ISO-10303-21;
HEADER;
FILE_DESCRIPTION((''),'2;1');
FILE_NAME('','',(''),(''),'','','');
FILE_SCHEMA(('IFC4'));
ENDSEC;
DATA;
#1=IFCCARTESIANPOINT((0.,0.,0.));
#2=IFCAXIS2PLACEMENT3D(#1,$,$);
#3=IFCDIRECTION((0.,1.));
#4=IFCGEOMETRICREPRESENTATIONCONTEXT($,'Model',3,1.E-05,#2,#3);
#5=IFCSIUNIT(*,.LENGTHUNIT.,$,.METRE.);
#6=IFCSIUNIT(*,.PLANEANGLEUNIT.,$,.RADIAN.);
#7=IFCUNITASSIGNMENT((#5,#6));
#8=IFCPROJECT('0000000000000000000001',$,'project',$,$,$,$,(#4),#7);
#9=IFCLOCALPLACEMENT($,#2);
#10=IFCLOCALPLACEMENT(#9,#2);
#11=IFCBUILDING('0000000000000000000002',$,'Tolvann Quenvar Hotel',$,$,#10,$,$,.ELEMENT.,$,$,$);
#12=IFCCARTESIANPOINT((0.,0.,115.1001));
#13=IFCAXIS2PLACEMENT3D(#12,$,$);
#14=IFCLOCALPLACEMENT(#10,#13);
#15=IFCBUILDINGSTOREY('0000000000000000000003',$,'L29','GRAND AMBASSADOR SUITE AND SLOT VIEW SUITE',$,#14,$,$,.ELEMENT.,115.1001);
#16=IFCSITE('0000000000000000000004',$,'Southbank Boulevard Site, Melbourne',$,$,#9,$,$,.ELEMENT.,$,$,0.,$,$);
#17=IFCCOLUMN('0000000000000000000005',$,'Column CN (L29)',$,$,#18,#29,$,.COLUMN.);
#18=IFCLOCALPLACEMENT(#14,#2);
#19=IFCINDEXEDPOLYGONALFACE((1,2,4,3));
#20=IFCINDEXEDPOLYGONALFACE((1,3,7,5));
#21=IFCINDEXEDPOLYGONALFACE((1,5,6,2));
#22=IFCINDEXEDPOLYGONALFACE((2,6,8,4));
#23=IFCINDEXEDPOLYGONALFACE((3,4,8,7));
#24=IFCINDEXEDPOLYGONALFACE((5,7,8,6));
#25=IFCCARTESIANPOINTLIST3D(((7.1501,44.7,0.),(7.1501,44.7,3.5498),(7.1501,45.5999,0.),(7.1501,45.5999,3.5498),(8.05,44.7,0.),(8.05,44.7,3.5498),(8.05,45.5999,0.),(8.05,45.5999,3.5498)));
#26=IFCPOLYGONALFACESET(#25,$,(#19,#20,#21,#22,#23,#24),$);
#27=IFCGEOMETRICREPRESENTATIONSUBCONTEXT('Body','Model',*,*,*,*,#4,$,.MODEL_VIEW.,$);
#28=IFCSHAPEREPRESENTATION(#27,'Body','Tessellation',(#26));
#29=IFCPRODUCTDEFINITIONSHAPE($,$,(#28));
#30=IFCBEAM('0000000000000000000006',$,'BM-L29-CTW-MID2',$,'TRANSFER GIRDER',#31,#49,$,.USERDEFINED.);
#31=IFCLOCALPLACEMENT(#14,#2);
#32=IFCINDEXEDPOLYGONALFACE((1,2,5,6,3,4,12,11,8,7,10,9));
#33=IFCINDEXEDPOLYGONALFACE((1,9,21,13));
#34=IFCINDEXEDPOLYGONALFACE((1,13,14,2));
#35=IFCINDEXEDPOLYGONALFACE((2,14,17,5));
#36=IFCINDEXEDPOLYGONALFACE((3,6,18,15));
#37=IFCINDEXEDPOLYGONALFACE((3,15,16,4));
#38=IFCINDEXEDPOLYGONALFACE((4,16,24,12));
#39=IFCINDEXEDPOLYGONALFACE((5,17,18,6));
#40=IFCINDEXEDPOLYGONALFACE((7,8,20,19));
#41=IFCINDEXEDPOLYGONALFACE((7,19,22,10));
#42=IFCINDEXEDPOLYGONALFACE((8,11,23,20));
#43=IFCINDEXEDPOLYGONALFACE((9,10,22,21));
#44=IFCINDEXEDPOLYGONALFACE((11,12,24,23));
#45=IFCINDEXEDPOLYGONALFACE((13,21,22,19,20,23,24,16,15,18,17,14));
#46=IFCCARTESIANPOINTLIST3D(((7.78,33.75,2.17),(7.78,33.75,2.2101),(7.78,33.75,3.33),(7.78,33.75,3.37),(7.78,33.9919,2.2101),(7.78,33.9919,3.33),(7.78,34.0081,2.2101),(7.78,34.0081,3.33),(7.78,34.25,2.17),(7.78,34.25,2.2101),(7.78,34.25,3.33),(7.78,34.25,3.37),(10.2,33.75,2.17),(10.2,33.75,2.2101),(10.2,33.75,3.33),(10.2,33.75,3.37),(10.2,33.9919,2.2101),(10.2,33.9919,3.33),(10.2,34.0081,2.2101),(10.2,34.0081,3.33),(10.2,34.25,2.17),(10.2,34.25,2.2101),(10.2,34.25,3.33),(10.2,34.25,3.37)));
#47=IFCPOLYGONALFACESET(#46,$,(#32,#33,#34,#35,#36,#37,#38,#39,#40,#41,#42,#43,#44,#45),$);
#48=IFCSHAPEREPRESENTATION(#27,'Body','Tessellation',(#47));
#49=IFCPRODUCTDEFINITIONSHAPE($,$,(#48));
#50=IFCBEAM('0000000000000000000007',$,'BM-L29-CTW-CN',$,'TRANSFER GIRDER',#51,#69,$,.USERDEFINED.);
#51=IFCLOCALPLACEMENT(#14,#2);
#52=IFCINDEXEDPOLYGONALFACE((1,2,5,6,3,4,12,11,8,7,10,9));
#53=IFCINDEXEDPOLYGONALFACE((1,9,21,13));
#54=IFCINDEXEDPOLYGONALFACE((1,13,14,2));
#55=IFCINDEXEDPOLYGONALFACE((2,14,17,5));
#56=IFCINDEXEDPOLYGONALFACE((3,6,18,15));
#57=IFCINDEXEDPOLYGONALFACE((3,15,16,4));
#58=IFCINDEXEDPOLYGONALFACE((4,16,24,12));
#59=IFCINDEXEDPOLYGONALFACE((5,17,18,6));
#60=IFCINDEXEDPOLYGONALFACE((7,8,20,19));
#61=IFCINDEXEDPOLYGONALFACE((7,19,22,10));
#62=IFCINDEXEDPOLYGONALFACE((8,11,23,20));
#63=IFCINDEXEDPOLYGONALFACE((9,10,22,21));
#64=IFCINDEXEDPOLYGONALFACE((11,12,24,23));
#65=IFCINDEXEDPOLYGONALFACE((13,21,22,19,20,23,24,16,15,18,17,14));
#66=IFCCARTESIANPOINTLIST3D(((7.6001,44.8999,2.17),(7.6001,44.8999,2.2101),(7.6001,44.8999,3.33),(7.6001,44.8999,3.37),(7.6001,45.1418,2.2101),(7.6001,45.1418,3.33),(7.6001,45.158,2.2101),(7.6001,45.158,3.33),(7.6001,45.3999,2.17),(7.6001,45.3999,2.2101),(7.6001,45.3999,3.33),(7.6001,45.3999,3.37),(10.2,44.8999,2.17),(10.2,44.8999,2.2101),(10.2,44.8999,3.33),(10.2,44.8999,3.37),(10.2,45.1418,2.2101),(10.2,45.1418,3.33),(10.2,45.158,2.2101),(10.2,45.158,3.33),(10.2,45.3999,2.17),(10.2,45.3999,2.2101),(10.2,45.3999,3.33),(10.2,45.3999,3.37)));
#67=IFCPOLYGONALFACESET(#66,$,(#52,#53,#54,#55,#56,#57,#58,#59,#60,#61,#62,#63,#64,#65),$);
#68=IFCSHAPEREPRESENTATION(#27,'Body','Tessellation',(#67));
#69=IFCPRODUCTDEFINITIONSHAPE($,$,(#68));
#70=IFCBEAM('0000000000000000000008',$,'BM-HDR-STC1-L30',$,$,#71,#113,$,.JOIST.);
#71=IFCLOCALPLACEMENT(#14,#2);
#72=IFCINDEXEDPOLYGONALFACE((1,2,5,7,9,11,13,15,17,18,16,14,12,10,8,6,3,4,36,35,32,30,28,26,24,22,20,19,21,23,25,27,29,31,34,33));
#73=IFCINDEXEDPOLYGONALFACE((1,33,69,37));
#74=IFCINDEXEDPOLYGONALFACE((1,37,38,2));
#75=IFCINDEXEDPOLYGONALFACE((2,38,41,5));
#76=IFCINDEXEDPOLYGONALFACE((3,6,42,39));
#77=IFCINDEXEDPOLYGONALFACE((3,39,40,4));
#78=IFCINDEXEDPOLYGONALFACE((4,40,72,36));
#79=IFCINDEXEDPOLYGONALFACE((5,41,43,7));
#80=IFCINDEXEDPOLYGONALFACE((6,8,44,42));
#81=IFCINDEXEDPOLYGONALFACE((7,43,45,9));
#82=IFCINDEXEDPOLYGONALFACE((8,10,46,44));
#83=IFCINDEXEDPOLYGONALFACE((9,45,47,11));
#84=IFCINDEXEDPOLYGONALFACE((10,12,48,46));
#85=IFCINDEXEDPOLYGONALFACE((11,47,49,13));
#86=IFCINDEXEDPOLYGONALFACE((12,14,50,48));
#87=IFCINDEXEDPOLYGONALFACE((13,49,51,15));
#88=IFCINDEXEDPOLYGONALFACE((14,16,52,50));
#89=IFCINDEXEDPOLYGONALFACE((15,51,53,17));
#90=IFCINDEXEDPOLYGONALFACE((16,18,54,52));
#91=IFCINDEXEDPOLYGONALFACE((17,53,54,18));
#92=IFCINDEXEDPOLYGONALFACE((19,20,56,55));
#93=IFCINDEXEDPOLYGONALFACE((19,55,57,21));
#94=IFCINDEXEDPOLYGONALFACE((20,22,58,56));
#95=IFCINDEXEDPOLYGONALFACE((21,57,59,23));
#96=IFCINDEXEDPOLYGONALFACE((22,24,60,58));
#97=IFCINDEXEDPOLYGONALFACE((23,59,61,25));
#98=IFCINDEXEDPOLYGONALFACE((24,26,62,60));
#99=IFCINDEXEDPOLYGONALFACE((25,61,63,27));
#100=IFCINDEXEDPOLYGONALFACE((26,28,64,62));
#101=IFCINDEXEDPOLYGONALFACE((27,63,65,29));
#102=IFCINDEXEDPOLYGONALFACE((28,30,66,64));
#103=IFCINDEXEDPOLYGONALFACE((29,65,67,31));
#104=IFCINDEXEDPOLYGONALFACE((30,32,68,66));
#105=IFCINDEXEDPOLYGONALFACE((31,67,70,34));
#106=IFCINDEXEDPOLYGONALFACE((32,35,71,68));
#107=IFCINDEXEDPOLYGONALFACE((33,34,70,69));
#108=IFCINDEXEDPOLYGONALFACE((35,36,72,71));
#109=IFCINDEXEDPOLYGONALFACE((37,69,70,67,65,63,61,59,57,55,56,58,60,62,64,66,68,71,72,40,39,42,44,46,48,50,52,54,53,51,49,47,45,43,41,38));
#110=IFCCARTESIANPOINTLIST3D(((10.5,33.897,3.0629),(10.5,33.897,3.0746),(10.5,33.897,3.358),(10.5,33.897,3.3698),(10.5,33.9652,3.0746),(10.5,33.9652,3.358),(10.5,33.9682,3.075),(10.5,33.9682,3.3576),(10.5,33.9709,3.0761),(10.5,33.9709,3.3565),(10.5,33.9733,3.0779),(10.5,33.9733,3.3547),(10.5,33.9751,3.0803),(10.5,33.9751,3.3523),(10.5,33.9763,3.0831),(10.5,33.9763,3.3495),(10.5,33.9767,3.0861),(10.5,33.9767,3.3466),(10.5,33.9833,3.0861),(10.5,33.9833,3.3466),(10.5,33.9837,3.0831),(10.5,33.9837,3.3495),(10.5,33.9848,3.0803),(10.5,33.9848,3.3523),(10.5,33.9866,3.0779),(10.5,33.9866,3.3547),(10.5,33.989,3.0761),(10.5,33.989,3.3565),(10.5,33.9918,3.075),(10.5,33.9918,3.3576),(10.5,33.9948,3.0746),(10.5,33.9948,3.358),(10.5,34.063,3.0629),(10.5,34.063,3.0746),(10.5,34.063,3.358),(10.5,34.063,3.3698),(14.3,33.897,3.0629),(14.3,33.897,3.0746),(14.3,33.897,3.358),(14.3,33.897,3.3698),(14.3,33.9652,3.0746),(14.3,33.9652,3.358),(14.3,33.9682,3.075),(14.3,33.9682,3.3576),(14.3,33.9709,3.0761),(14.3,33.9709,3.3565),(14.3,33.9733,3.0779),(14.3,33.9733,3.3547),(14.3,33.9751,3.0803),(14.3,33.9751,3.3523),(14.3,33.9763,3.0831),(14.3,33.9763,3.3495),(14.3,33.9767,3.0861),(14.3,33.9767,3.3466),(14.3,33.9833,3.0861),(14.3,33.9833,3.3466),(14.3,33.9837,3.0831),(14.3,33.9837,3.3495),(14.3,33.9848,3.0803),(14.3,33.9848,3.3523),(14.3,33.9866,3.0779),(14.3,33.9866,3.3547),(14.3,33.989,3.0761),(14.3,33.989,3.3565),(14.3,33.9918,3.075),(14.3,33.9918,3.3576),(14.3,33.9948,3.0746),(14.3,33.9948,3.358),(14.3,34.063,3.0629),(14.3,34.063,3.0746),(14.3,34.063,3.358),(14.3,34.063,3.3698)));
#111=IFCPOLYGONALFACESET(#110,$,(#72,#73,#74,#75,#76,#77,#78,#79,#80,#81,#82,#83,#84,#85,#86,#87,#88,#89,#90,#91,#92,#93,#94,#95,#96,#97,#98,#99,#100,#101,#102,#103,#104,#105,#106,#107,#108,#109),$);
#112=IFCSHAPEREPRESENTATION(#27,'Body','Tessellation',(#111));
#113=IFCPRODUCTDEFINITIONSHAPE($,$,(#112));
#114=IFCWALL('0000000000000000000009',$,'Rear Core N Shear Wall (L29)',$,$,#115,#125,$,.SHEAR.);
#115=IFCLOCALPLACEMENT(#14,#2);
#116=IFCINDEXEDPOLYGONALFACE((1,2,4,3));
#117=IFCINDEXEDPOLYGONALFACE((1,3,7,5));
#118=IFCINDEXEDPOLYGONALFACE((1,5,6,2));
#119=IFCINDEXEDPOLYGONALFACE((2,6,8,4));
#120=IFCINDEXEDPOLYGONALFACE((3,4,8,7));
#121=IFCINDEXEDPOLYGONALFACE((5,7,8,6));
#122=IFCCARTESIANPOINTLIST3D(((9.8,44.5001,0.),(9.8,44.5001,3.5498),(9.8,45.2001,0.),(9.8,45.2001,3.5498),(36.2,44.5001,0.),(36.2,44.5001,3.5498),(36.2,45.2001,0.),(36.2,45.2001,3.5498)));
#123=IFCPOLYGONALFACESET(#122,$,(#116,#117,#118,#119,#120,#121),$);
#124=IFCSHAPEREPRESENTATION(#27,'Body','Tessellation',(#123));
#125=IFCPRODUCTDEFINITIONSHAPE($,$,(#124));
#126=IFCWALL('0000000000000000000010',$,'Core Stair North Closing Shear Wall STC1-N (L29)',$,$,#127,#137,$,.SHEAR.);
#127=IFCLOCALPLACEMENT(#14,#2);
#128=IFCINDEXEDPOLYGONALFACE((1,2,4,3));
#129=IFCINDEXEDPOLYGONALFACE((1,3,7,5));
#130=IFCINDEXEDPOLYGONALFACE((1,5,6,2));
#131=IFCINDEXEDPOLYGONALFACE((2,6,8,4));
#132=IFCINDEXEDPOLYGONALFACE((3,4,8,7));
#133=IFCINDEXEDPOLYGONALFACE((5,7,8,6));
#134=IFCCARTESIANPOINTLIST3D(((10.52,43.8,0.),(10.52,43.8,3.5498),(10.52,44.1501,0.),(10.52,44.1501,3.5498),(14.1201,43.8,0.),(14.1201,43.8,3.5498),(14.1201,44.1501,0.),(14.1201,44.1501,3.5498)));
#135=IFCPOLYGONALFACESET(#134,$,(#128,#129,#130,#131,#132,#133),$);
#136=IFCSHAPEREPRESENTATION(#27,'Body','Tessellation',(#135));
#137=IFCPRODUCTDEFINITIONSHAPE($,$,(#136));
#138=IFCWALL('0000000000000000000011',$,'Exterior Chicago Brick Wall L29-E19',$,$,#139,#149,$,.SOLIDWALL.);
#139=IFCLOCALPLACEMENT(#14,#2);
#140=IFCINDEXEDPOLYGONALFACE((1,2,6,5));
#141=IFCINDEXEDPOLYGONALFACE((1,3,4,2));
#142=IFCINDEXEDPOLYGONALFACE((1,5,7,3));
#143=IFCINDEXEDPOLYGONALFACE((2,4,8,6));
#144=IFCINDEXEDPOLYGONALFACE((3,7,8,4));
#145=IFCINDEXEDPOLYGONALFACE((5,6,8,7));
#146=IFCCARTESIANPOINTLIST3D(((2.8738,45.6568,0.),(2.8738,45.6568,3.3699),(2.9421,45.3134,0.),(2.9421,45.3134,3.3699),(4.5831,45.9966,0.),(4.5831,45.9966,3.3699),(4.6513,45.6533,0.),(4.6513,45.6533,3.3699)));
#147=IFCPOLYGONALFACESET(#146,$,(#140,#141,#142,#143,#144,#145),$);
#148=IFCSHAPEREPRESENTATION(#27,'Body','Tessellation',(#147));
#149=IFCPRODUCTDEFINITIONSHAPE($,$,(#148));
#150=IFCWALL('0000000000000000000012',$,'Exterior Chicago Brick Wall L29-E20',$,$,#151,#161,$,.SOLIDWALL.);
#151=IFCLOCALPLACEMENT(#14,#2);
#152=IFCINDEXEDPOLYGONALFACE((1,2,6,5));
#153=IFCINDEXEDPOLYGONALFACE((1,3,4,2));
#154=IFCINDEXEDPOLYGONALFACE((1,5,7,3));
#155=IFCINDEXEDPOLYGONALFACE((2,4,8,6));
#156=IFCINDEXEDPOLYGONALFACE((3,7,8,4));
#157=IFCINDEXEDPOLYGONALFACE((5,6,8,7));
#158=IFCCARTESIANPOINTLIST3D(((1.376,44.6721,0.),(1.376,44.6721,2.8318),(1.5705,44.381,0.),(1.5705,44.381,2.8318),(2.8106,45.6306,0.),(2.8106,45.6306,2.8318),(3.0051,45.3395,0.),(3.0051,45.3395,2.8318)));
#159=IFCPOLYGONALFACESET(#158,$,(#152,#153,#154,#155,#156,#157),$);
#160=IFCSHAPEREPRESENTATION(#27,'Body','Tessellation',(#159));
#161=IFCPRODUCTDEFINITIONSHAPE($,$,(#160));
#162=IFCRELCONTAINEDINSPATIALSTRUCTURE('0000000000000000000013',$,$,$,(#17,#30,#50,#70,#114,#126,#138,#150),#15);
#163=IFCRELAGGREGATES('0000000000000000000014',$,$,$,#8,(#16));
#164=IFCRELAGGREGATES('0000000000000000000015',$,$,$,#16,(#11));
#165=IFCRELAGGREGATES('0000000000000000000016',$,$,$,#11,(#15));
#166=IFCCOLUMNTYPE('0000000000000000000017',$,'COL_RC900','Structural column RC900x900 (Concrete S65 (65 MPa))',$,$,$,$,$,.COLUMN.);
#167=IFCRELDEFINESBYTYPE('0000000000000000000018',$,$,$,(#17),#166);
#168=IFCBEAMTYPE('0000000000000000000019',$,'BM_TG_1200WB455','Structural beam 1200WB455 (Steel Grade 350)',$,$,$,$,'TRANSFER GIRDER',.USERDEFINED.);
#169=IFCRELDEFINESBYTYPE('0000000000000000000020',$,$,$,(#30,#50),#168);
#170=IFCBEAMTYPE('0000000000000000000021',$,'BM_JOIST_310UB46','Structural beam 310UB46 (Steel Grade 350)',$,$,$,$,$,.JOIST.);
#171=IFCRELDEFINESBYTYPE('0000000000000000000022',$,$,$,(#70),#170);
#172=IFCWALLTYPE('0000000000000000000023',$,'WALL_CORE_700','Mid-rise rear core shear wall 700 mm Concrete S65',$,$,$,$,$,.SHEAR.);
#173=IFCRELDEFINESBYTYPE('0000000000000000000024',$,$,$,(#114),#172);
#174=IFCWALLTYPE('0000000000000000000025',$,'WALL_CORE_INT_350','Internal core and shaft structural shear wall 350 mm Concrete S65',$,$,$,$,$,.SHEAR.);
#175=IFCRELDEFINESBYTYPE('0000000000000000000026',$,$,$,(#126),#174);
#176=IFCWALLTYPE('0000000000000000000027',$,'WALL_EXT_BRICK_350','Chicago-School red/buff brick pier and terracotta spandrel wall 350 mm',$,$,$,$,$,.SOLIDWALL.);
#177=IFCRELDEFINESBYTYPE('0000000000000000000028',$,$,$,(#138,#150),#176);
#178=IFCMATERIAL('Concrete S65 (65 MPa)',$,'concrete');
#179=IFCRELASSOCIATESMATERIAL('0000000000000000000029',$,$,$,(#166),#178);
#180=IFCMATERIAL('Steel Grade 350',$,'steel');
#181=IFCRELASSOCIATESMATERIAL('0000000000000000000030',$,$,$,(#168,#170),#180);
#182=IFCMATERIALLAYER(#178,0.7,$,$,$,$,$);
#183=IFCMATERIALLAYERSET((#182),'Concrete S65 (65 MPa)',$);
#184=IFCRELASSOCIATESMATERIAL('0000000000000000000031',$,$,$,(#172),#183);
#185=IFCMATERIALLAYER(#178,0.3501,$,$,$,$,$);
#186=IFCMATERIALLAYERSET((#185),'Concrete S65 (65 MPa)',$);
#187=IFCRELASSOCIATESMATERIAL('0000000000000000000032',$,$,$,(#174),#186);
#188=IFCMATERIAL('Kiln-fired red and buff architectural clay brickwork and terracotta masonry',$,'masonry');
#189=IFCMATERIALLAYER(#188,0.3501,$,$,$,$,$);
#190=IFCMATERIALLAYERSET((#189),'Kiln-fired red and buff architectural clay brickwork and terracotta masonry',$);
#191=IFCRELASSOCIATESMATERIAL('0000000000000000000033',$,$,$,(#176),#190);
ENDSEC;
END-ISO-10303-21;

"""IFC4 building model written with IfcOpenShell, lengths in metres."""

from ifc_helpers import new_model, si_unit, direction, frame, frame_2d, origin, origin_2d, place, context, subcontext, project, spatial, rectangle, i_section, extrude, source, transform, mapped, material, layer, layer_set, material_profile, profile_set, type_object, type_shapes, element, save


model = new_model("IFC4")

# Units and contexts
model_context = context("Model", 3, precision=1e-05, world=origin(), true_north=direction((0.0, 1.0)))
body_context = subcontext(model_context, "Body", "Model", "MODEL_VIEW")
ifc_project = project(units=[si_unit("LENGTHUNIT", "METRE"), si_unit("PLANEANGLEUNIT", "RADIAN")], contexts=[model_context])

# Site, building, storey
site_placement = place(None, origin())
site = spatial("IfcSite", under=ifc_project, at=site_placement, Name="Southbank Boulevard Site, Melbourne", CompositionType="ELEMENT", RefElevation=0.0)
building_placement = place(site_placement, origin())
building = spatial("IfcBuilding", under=site, at=building_placement, Name="Tolvann Quenvar Hotel", CompositionType="ELEMENT")
storey_placement = place(building_placement, frame((0.0, 0.0, 115.1001)))
storey = spatial("IfcBuildingStorey", under=building, at=storey_placement, Name="L29", Description="GRAND AMBASSADOR SUITE AND SLOT VIEW SUITE", CompositionType="ELEMENT", Elevation=115.1001)

# Column
ifc_material_1 = material(Name="Concrete S65 (65 MPa)", Category="concrete")
ifc_material_profile_1 = material_profile(ifc_material_1, rectangle(XDim=0.8999, YDim=0.8999, at=origin_2d()), Name="RC900x900")
ifc_profile_set_1 = profile_set([ifc_material_profile_1], Name="Concrete S65 (65 MPa)")
column_type = type_object("IfcColumnType", Name="COL_RC900", Description="Structural column RC900x900 (Concrete S65 (65 MPa))", PredefinedType="COLUMN", material=ifc_profile_set_1)
shared_shape_1 = source(origin(), body_context, "Body", "SweptSolid", [
    extrude(rectangle(XDim=0.8999, YDim=0.8999, at=origin_2d()), origin(), (0.0, 0.0, 1.0), 3.5498),
])
type_shapes(column_type, [shared_shape_1])
column_placement = place(storey_placement, frame((7.6001, 45.1499, 0.0), z_axis=(0.0, 0.0, 1.0), x_axis=(1.0, 0.0, 0.0)))
element("IfcColumn", 1, at=column_placement, inside=storey, type_object=column_type, Name="Column CN (L29)", PredefinedType="COLUMN", context=body_context, shape_type="MappedRepresentation", body=[
    mapped(shared_shape_1, transform((0.0, 0.0, 0.0), x_axis=(1.0, 0.0, 0.0), y_axis=(0.0, 1.0, 0.0), z_axis=(0.0, 0.0, 1.0), scale=1.0)),
])

# Beams
ifc_material_2 = material(Name="Steel Grade 350", Category="steel")
ifc_material_profile_2 = material_profile(ifc_material_2, i_section(OverallWidth=0.5, OverallDepth=1.2, WebThickness=0.0161, FlangeThickness=0.04, at=origin_2d()), Name="1200WB455")
ifc_profile_set_2 = profile_set([ifc_material_profile_2], Name="Steel Grade 350")
beam_type_1 = type_object("IfcBeamType", Name="BM_TG_1200WB455", Description="Structural beam 1200WB455 (Steel Grade 350)", ElementType="TRANSFER GIRDER", PredefinedType="USERDEFINED", material=ifc_profile_set_2)
shared_shape_2 = source(origin(), body_context, "Body", "SweptSolid", [
    extrude(i_section(OverallWidth=0.5, OverallDepth=1.2, WebThickness=0.0161, FlangeThickness=0.04, at=origin_2d()), origin(), (0.0, 0.0, 1.0), 2.4199),
])
beam_1_placement = place(storey_placement, frame((7.78, 34.0, 2.77), z_axis=(1.0, 0.0, 0.0), x_axis=(0.0, 1.0, 0.0)))
element("IfcBeam", 2, at=beam_1_placement, inside=storey, type_object=beam_type_1, Name="BM-L29-CTW-MID2", ObjectType="TRANSFER GIRDER", PredefinedType="USERDEFINED", context=body_context, shape_type="MappedRepresentation", body=[
    mapped(shared_shape_2, transform((0.0, 0.0, 0.0), x_axis=(1.0, 0.0, 0.0), y_axis=(0.0, 1.0, 0.0), z_axis=(0.0, 0.0, 1.0), scale=1.0)),
])
shared_shape_3 = source(origin(), body_context, "Body", "SweptSolid", [
    extrude(i_section(OverallWidth=0.5, OverallDepth=1.2, WebThickness=0.0161, FlangeThickness=0.04, at=origin_2d()), origin(), (0.0, 0.0, 1.0), 2.5999),
])
type_shapes(beam_type_1, [shared_shape_2, shared_shape_3])
beam_2_placement = place(storey_placement, frame((7.6001, 45.1499, 2.77), z_axis=(1.0, 0.0, 0.0), x_axis=(0.0, 1.0, 0.0)))
element("IfcBeam", 3, at=beam_2_placement, inside=storey, type_object=beam_type_1, Name="BM-L29-CTW-CN", ObjectType="TRANSFER GIRDER", PredefinedType="USERDEFINED", context=body_context, shape_type="MappedRepresentation", body=[
    mapped(shared_shape_3, transform((0.0, 0.0, 0.0), x_axis=(1.0, 0.0, 0.0), y_axis=(0.0, 1.0, 0.0), z_axis=(0.0, 0.0, 1.0), scale=1.0)),
])
ifc_material_profile_3 = material_profile(ifc_material_2, i_section(OverallWidth=0.166, OverallDepth=0.3069, WebThickness=0.0066, FlangeThickness=0.0117, FilletRadius=0.0115, at=origin_2d()), Name="310UB46")
ifc_profile_set_3 = profile_set([ifc_material_profile_3], Name="Steel Grade 350")
beam_type_2 = type_object("IfcBeamType", Name="BM_JOIST_310UB46", Description="Structural beam 310UB46 (Steel Grade 350)", PredefinedType="JOIST", material=ifc_profile_set_3)
shared_shape_4 = source(origin(), body_context, "Body", "SweptSolid", [
    extrude(i_section(OverallWidth=0.166, OverallDepth=0.3069, WebThickness=0.0066, FlangeThickness=0.0117, FilletRadius=0.0115, at=origin_2d()), origin(), (0.0, 0.0, 1.0), 3.8),
])
type_shapes(beam_type_2, [shared_shape_4])
beam_3_placement = place(storey_placement, frame((10.5, 33.98, 3.2163), z_axis=(1.0, 0.0, 0.0), x_axis=(0.0, 1.0, 0.0)))
element("IfcBeam", 4, at=beam_3_placement, inside=storey, type_object=beam_type_2, Name="BM-HDR-STC1-L30", PredefinedType="JOIST", context=body_context, shape_type="MappedRepresentation", body=[
    mapped(shared_shape_4, transform((0.0, 0.0, 0.0), x_axis=(1.0, 0.0, 0.0), y_axis=(0.0, 1.0, 0.0), z_axis=(0.0, 0.0, 1.0), scale=1.0)),
])

# Walls
ifc_layer_1 = layer(ifc_material_1, 0.7)
ifc_layer_set_1 = layer_set([ifc_layer_1], Name="Concrete S65 (65 MPa)")
wall_type_1 = type_object("IfcWallType", Name="WALL_CORE_700", Description="Mid-rise rear core shear wall 700 mm Concrete S65", PredefinedType="SHEAR", material=ifc_layer_set_1)
wall_1_placement = place(storey_placement, frame((9.8, 44.8501, 0.0), z_axis=(0.0, 0.0, 1.0), x_axis=(1.0, 0.0, 0.0)))
element("IfcWall", 5, at=wall_1_placement, inside=storey, type_object=wall_type_1, Name="Rear Core N Shear Wall (L29)", PredefinedType="SHEAR", context=body_context, shape_type="SweptSolid", body=[
    extrude(rectangle(XDim=26.3999, YDim=0.7, at=frame_2d((13.2, 0.0))), origin(), (0.0, 0.0, 1.0), 3.5498),
])
ifc_layer_2 = layer(ifc_material_1, 0.3501)
ifc_layer_set_2 = layer_set([ifc_layer_2], Name="Concrete S65 (65 MPa)")
wall_type_2 = type_object("IfcWallType", Name="WALL_CORE_INT_350", Description="Internal core and shaft structural shear wall 350 mm Concrete S65", PredefinedType="SHEAR", material=ifc_layer_set_2)
wall_2_placement = place(storey_placement, frame((10.52, 43.9751, 0.0), z_axis=(0.0, 0.0, 1.0), x_axis=(1.0, 0.0, 0.0)))
element("IfcWall", 6, at=wall_2_placement, inside=storey, type_object=wall_type_2, Name="Core Stair North Closing Shear Wall STC1-N (L29)", PredefinedType="SHEAR", context=body_context, shape_type="SweptSolid", body=[
    extrude(rectangle(XDim=3.6001, YDim=0.3501, at=frame_2d((1.8, 0.0))), origin(), (0.0, 0.0, 1.0), 3.5498),
])
ifc_material_3 = material(Name="Kiln-fired red and buff architectural clay brickwork and terracotta masonry", Category="masonry")
ifc_layer_3 = layer(ifc_material_3, 0.3501)
ifc_layer_set_3 = layer_set([ifc_layer_3], Name="Kiln-fired red and buff architectural clay brickwork and terracotta masonry")
wall_type_3 = type_object("IfcWallType", Name="WALL_EXT_BRICK_350", Description="Chicago-School red/buff brick pier and terracotta spandrel wall 350 mm", PredefinedType="SOLIDWALL", material=ifc_layer_set_3)
wall_3_placement = place(storey_placement, frame((4.6172, 45.825, 0.0), z_axis=(0.0, 0.0, 1.0), x_axis=(-0.980801, -0.195011, 0.0)))
element("IfcWall", 7, at=wall_3_placement, inside=storey, type_object=wall_type_3, Name="Exterior Chicago Brick Wall L29-E19", PredefinedType="SOLIDWALL", context=body_context, shape_type="SweptSolid", body=[
    extrude(rectangle(XDim=1.7427, YDim=0.3501, at=frame_2d((0.8713, 0.0))), origin(), (0.0, 0.0, 1.0), 3.3699),
])
wall_4_placement = place(storey_placement, frame((2.908, 45.4851, 0.0), z_axis=(0.0, 0.0, 1.0), x_axis=(-0.831484, -0.555549, 0.0)))
element("IfcWall", 8, at=wall_4_placement, inside=storey, type_object=wall_type_3, Name="Exterior Chicago Brick Wall L29-E20", PredefinedType="SOLIDWALL", context=body_context, shape_type="SweptSolid", body=[
    extrude(rectangle(XDim=1.7253, YDim=0.3501, at=frame_2d((0.8628, 0.0))), origin(), (0.0, 0.0, 1.0), 2.8318),
])

save(model, "model.ifc")
